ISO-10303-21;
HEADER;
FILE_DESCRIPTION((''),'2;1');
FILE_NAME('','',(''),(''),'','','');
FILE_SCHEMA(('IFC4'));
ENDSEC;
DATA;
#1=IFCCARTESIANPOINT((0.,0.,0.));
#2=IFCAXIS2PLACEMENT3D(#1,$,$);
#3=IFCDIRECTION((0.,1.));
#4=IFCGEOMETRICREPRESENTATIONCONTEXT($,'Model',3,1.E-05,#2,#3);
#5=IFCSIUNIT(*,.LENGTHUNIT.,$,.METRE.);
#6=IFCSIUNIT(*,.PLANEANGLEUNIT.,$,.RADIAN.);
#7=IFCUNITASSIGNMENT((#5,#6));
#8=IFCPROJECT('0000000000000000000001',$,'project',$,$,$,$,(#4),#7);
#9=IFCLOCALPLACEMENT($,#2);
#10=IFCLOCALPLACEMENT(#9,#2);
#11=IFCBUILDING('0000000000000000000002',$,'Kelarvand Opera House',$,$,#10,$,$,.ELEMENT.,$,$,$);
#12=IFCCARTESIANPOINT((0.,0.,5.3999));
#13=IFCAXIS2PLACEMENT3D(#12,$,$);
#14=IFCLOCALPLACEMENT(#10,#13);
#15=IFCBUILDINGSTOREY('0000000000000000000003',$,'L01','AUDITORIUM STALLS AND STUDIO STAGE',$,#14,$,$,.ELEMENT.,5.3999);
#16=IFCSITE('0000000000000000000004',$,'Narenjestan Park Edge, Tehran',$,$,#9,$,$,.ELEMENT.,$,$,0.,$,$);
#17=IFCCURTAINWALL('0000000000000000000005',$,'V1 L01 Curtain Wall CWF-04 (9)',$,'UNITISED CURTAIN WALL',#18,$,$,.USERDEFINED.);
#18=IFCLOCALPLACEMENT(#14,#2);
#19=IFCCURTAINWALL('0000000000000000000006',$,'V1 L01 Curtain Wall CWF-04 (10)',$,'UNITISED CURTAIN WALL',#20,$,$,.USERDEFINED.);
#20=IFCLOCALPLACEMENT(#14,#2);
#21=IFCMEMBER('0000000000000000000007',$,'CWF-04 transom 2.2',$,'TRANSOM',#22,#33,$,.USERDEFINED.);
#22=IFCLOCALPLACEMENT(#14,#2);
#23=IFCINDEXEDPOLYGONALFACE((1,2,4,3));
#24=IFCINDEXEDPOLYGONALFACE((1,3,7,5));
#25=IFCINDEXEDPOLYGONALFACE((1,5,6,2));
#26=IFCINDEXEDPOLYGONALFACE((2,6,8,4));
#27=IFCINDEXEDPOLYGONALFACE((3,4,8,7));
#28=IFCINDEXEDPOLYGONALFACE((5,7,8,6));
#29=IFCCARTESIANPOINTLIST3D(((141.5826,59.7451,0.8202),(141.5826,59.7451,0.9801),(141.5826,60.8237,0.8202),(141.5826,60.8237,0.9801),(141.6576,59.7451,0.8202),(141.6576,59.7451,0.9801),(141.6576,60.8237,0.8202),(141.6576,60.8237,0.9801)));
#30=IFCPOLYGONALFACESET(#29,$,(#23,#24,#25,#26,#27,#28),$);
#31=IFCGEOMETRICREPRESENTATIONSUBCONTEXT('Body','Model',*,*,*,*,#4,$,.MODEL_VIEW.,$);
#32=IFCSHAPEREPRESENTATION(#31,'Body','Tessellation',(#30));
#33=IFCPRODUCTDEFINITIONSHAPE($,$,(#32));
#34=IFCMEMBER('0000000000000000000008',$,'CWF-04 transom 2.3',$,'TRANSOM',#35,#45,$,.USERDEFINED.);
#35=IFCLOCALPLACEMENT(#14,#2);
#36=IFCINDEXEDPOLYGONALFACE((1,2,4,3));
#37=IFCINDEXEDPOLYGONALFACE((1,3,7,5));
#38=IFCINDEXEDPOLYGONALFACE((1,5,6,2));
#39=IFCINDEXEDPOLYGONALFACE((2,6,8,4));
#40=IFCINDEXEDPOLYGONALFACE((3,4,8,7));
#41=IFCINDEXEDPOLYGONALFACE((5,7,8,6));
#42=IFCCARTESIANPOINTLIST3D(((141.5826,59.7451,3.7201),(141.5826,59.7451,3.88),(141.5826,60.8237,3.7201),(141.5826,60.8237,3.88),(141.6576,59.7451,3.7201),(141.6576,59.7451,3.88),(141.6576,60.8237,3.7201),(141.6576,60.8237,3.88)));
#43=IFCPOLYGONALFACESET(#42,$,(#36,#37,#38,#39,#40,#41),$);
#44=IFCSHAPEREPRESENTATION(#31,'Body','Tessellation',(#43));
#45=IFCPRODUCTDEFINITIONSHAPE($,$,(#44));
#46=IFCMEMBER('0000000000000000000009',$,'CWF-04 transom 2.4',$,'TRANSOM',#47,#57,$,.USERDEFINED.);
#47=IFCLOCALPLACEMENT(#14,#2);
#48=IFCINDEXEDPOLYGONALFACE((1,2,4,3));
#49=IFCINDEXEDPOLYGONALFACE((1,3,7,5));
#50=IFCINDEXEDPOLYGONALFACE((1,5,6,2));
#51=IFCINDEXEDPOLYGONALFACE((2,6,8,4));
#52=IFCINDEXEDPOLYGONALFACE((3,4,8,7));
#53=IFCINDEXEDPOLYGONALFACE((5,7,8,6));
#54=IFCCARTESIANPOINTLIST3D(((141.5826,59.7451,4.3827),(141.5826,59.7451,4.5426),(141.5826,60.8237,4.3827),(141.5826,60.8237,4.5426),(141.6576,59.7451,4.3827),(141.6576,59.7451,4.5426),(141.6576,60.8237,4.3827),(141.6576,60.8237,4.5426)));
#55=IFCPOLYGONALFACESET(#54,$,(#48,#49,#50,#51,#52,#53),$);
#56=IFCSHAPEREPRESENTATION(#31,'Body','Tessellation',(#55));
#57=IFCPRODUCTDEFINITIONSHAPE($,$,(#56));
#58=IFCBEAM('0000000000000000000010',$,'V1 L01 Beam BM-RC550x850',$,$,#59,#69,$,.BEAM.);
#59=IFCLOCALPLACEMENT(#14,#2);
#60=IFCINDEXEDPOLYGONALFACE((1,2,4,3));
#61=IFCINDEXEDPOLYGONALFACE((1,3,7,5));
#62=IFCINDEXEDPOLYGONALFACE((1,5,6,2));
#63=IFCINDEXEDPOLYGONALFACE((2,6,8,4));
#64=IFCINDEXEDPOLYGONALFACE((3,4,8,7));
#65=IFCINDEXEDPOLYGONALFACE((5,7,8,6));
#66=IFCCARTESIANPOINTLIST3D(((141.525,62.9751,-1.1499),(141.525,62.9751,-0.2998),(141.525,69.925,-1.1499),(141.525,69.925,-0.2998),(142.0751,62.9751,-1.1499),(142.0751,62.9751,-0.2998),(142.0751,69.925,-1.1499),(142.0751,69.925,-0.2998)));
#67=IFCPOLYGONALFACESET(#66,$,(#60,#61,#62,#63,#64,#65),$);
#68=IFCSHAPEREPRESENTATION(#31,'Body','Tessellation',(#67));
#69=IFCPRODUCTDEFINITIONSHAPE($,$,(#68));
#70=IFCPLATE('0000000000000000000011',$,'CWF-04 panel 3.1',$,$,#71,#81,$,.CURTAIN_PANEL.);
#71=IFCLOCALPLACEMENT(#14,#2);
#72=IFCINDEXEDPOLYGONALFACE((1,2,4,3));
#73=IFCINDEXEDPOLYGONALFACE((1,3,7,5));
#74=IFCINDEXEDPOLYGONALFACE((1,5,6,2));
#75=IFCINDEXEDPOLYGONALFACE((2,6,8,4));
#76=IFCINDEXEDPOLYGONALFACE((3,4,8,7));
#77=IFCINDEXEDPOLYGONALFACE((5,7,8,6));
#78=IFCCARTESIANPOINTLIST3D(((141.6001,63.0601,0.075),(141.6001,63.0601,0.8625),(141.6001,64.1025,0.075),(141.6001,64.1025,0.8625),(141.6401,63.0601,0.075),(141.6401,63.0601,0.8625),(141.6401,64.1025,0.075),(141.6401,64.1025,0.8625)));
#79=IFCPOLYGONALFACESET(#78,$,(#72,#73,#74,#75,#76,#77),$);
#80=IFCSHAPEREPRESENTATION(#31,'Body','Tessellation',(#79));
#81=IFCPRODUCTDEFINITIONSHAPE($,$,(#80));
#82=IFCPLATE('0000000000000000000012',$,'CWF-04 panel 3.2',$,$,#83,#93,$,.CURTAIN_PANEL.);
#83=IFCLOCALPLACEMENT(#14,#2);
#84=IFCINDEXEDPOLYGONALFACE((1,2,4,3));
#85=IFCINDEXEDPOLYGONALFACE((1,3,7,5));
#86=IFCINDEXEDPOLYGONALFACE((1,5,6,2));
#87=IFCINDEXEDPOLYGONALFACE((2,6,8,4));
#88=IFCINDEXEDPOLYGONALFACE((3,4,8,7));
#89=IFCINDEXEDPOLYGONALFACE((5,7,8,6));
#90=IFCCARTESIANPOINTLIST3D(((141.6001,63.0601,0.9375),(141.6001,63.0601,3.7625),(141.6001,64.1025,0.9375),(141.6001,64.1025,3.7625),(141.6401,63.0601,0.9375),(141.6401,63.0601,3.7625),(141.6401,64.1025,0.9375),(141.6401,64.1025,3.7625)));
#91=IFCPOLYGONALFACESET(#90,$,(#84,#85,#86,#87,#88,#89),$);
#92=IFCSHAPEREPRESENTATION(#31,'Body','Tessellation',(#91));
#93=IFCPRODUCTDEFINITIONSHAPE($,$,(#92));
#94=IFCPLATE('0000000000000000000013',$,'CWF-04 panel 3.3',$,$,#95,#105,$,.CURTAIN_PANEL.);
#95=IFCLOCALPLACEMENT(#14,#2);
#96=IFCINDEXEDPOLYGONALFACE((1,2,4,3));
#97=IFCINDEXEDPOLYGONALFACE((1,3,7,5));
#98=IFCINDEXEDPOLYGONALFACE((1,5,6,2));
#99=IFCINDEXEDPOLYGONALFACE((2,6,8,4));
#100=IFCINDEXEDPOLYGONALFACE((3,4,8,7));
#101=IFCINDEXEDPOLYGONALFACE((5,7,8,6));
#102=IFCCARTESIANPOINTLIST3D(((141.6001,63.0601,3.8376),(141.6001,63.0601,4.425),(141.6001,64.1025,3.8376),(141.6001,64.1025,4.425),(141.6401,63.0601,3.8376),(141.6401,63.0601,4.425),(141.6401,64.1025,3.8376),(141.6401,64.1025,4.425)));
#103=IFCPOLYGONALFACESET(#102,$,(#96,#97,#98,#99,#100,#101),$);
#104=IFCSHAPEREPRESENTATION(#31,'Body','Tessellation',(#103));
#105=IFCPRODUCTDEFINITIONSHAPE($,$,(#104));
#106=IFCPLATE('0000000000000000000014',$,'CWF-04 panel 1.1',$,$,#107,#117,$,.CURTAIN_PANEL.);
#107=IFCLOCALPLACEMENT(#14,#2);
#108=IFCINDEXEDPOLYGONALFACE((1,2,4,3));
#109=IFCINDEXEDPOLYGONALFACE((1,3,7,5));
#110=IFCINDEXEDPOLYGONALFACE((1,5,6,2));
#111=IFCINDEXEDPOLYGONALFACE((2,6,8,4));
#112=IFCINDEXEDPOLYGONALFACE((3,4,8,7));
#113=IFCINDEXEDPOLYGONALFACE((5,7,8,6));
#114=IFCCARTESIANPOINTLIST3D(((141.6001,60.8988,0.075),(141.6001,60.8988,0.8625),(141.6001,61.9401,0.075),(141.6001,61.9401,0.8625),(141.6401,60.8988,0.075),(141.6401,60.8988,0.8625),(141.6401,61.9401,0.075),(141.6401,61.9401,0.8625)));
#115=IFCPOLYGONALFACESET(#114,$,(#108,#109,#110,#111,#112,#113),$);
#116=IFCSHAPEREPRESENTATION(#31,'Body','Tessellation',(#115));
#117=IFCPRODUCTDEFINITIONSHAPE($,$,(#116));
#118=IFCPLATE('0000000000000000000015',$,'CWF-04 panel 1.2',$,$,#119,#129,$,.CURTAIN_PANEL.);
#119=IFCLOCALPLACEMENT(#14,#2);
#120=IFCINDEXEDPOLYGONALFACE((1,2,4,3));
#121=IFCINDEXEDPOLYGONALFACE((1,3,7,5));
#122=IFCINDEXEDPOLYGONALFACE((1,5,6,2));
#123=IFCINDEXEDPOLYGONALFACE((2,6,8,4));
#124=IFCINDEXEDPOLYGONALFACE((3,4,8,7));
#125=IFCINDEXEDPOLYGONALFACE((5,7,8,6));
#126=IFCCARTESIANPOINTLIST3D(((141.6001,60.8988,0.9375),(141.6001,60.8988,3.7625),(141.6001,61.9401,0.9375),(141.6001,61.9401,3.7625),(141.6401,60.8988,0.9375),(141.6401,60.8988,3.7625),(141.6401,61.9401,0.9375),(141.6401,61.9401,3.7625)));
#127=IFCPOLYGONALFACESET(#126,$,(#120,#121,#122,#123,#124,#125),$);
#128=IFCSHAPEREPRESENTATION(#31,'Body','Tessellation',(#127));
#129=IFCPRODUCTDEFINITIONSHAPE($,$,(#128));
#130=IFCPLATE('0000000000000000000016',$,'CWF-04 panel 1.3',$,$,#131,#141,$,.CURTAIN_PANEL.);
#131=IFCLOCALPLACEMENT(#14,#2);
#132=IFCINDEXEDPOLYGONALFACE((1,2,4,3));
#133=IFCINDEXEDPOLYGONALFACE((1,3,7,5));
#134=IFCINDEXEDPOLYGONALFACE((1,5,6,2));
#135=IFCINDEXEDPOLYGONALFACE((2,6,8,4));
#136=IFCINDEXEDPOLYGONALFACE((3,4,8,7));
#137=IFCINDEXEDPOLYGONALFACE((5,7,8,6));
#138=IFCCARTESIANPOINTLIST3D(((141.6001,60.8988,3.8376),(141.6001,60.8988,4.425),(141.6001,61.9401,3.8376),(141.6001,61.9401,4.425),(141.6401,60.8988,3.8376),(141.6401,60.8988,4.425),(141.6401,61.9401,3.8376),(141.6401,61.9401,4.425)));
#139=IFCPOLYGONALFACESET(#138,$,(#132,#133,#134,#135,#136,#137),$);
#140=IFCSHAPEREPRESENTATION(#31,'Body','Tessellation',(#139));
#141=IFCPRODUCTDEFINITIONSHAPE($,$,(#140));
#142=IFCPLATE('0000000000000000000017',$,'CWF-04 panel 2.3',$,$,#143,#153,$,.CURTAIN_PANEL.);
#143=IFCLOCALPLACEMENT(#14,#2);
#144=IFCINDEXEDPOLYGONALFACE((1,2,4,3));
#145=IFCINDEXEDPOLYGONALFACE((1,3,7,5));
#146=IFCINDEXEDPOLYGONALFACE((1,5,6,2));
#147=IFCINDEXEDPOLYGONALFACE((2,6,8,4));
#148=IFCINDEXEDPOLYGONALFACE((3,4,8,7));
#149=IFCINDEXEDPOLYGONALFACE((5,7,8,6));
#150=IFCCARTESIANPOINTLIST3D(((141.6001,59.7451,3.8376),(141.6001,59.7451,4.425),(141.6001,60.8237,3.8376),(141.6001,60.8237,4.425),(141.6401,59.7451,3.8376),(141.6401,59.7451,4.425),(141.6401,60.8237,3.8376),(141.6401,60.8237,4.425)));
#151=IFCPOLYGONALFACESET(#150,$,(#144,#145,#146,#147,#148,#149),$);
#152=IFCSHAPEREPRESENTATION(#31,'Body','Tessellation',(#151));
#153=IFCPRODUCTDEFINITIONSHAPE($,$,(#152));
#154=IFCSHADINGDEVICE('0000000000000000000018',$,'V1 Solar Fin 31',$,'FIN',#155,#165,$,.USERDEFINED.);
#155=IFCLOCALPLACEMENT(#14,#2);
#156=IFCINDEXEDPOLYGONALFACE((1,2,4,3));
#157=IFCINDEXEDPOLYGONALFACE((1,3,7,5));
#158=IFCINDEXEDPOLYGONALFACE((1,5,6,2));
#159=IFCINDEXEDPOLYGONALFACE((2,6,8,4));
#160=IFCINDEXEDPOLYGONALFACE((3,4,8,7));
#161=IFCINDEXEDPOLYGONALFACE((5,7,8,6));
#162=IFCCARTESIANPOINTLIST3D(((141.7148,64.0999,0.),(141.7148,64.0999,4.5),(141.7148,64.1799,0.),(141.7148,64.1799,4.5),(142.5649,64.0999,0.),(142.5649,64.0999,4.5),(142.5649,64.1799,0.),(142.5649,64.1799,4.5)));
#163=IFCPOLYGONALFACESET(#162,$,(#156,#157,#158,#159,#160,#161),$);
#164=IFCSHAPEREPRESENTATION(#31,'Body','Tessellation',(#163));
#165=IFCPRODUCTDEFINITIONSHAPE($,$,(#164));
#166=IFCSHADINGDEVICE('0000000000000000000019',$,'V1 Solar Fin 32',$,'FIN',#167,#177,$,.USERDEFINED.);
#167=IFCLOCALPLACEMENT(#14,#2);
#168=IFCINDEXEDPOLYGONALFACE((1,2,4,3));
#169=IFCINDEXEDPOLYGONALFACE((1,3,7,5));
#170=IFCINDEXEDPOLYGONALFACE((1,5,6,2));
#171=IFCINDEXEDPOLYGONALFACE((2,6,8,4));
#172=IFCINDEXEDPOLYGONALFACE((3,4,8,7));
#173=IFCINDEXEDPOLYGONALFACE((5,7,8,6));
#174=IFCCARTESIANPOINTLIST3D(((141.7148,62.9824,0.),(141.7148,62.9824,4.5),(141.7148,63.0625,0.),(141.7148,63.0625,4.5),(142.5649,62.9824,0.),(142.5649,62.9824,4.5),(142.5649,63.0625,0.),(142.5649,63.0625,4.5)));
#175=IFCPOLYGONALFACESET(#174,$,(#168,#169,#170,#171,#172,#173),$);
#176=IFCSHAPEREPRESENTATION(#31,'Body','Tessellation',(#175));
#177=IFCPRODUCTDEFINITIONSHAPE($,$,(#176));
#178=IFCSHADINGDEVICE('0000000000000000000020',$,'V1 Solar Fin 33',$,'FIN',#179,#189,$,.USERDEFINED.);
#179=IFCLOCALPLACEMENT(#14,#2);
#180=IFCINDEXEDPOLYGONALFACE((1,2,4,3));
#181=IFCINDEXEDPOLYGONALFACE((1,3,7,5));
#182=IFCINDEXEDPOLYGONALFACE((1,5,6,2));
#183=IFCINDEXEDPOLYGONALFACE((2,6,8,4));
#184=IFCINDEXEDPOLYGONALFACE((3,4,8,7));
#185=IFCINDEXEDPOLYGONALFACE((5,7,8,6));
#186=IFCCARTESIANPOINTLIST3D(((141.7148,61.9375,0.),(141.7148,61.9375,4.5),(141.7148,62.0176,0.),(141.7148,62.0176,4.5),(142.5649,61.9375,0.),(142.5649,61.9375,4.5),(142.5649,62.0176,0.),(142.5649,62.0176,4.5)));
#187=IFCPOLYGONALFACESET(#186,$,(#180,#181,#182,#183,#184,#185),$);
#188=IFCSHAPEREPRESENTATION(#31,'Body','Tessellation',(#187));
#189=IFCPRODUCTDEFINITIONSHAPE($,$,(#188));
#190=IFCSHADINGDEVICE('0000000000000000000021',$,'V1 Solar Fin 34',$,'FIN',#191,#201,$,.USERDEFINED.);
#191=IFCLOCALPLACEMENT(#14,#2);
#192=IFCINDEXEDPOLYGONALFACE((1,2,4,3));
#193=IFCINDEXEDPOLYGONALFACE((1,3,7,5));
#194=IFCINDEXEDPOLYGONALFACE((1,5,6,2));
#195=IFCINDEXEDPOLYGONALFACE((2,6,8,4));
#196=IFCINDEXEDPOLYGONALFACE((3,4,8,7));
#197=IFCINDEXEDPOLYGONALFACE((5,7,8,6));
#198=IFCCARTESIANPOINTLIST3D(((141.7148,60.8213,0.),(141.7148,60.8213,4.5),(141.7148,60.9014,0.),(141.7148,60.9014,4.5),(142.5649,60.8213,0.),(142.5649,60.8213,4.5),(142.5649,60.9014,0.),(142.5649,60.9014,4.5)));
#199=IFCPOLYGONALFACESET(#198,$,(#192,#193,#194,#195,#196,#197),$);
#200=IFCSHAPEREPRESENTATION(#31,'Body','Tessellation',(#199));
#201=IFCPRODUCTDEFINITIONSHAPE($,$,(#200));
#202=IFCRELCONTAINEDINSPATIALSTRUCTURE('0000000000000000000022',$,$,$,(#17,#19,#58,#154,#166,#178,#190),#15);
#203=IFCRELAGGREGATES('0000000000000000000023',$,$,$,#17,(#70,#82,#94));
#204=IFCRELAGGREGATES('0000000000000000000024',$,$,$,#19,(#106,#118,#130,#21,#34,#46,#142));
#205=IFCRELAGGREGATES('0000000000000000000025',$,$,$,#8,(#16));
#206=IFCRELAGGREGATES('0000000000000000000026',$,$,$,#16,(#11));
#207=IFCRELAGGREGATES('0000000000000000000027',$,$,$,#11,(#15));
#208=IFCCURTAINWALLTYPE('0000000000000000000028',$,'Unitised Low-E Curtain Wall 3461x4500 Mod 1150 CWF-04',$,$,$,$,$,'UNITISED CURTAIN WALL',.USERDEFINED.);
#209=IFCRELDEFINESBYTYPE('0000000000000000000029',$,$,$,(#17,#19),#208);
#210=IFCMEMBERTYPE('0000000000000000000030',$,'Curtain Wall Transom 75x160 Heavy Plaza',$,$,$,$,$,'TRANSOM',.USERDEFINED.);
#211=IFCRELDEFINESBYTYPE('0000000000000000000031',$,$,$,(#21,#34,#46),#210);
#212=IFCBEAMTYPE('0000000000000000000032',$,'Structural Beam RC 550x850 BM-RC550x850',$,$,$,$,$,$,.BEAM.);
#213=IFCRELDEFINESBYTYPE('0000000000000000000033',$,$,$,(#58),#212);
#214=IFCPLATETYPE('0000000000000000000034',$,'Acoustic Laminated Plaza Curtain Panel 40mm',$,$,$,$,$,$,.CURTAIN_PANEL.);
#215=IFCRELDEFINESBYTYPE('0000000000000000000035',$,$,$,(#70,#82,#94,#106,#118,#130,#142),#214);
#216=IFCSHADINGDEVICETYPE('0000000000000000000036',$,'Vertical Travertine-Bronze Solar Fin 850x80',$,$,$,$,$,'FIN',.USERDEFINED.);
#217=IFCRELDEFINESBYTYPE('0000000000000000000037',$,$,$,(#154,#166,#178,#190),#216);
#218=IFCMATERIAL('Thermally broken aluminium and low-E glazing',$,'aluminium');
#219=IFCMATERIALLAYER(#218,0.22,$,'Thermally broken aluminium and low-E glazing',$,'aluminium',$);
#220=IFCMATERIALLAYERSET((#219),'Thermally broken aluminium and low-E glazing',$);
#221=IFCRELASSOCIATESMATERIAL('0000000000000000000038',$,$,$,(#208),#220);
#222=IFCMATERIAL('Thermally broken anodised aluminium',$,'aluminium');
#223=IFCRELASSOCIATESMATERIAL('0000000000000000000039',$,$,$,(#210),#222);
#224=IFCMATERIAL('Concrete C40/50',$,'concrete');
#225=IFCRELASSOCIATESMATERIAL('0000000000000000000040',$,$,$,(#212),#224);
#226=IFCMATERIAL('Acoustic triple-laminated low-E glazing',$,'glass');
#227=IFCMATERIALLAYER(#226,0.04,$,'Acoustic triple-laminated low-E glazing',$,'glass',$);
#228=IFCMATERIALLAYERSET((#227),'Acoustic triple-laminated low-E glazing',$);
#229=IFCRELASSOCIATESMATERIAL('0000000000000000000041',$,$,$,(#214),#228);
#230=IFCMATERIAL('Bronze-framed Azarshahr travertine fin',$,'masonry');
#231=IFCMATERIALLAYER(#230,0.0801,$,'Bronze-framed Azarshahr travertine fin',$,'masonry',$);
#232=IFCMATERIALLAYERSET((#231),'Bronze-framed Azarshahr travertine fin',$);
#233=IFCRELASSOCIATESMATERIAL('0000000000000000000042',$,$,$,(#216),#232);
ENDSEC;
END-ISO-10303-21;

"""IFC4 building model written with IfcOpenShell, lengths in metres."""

from ifc_helpers import new_model, si_unit, direction, frame, origin, origin_2d, place, context, subcontext, project, spatial, rectangle, extrude, material, layer, layer_set, material_profile, profile_set, type_object, element, aggregate, save


model = new_model("IFC4")

# Units and contexts
model_context = context("Model", 3, precision=1e-05, world=origin(), true_north=direction((0.0, 1.0)))
body_context = subcontext(model_context, "Body", "Model", "MODEL_VIEW")
ifc_project = project(units=[si_unit("LENGTHUNIT", "METRE"), si_unit("PLANEANGLEUNIT", "RADIAN")], contexts=[model_context])

# Site, building, storey
site_placement = place(None, origin())
site = spatial("IfcSite", under=ifc_project, at=site_placement, Name="Narenjestan Park Edge, Tehran", CompositionType="ELEMENT", RefElevation=0.0)
building_placement = place(site_placement, origin())
building = spatial("IfcBuilding", under=site, at=building_placement, Name="Kelarvand Opera House", CompositionType="ELEMENT")
storey_placement = place(building_placement, frame((0.0, 0.0, 5.3999)))
storey = spatial("IfcBuildingStorey", under=building, at=storey_placement, Name="L01", Description="AUDITORIUM STALLS AND STUDIO STAGE", CompositionType="ELEMENT", Elevation=5.3999)

# Shared definitions
ifc_material_1 = material(Name="Concrete C40/50", Category="concrete")

# Curtain walls
ifc_material_2 = material(Name="Thermally broken aluminium and low-E glazing", Category="aluminium")
ifc_layer_1 = layer(ifc_material_2, 0.22, Name="Thermally broken aluminium and low-E glazing", Category="aluminium")
ifc_layer_set_1 = layer_set([ifc_layer_1], Name="Thermally broken aluminium and low-E glazing")
curtain_wall_type = type_object("IfcCurtainWallType", Name="Unitised Low-E Curtain Wall 3461x4500 Mod 1150 CWF-04", ElementType="UNITISED CURTAIN WALL", PredefinedType="USERDEFINED", material=ifc_layer_set_1)
curtain_wall_1_placement = place(storey_placement, origin())
curtain_wall_1 = element("IfcCurtainWall", 1, at=curtain_wall_1_placement, inside=storey, type_object=curtain_wall_type, Name="V1 L01 Curtain Wall CWF-04 (9)", ObjectType="UNITISED CURTAIN WALL", PredefinedType="USERDEFINED")
ifc_material_3 = material(Name="Thermally broken anodised aluminium", Category="aluminium")
curtain_wall_2_placement = place(storey_placement, origin())
curtain_wall_2 = element("IfcCurtainWall", 2, at=curtain_wall_2_placement, inside=storey, type_object=curtain_wall_type, Name="V1 L01 Curtain Wall CWF-04 (10)", ObjectType="UNITISED CURTAIN WALL", PredefinedType="USERDEFINED")

# Members
ifc_material_profile_1 = material_profile(ifc_material_3, rectangle(XDim=0.075, YDim=0.1599, at=origin_2d()), Name="ALU TRANSOM 75x160", Category="aluminium")
ifc_profile_set_1 = profile_set([ifc_material_profile_1], Name="Thermally broken anodised aluminium")
member_type_1 = type_object("IfcMemberType", Name="Curtain Wall Transom 75x160 Heavy Plaza", ElementType="TRANSOM", PredefinedType="USERDEFINED", material=ifc_profile_set_1)
member_1_placement = place(storey_placement, frame((141.6201, 60.8237, 0.9001), z_axis=(0.0, -1.0, 0.0), x_axis=(1.0, 0.0, 0.0)))
member_1 = element("IfcMember", 3, at=member_1_placement, type_object=member_type_1, Name="CWF-04 transom 2.2", ObjectType="TRANSOM", PredefinedType="USERDEFINED", context=body_context, shape_type="SweptSolid", body=[
    extrude(rectangle(XDim=0.075, YDim=0.1599, at=origin_2d()), origin(), (0.0, 0.0, 1.0), 1.0786),
])
member_2_placement = place(storey_placement, frame((141.6201, 60.8237, 3.8), z_axis=(0.0, -1.0, 0.0), x_axis=(1.0, 0.0, 0.0)))
member_2 = element("IfcMember", 4, at=member_2_placement, type_object=member_type_1, Name="CWF-04 transom 2.3", ObjectType="TRANSOM", PredefinedType="USERDEFINED", context=body_context, shape_type="SweptSolid", body=[
    extrude(rectangle(XDim=0.075, YDim=0.1599, at=origin_2d()), origin(), (0.0, 0.0, 1.0), 1.0786),
])
member_3_placement = place(storey_placement, frame((141.6201, 60.8237, 4.4626), z_axis=(0.0, -1.0, 0.0), x_axis=(1.0, 0.0, 0.0)))
member_3 = element("IfcMember", 5, at=member_3_placement, type_object=member_type_1, Name="CWF-04 transom 2.4", ObjectType="TRANSOM", PredefinedType="USERDEFINED", context=body_context, shape_type="SweptSolid", body=[
    extrude(rectangle(XDim=0.075, YDim=0.1599, at=origin_2d()), origin(), (0.0, 0.0, 1.0), 1.0786),
])

# Beam
ifc_material_profile_2 = material_profile(ifc_material_1, rectangle(XDim=0.55, YDim=0.8501, at=origin_2d()), Name="RC 550x850", Category="concrete")
ifc_profile_set_2 = profile_set([ifc_material_profile_2], Name="Concrete C40/50")
beam_type = type_object("IfcBeamType", Name="Structural Beam RC 550x850 BM-RC550x850", PredefinedType="BEAM", material=ifc_profile_set_2)
beam_placement = place(storey_placement, frame((141.8, 62.9751, -0.7249), z_axis=(0.0, 1.0, 0.0), x_axis=(-1.0, 0.0, 0.0)))
element("IfcBeam", 6, at=beam_placement, inside=storey, type_object=beam_type, Name="V1 L01 Beam BM-RC550x850", PredefinedType="BEAM", context=body_context, shape_type="SweptSolid", body=[
    extrude(rectangle(XDim=0.55, YDim=0.8501, at=origin_2d()), origin(), (0.0, 0.0, 1.0), 6.95),
])

# Plates
ifc_material_4 = material(Name="Acoustic triple-laminated low-E glazing", Category="glass")
ifc_layer_2 = layer(ifc_material_4, 0.04, Name="Acoustic triple-laminated low-E glazing", Category="glass")
ifc_layer_set_2 = layer_set([ifc_layer_2], Name="Acoustic triple-laminated low-E glazing")
plate_type = type_object("IfcPlateType", Name="Acoustic Laminated Plaza Curtain Panel 40mm", PredefinedType="CURTAIN_PANEL", material=ifc_layer_set_2)
plate_1_placement = place(storey_placement, frame((141.6201, 63.5813, 0.075), z_axis=(0.0, 0.0, 1.0), x_axis=(0.0, -1.0, 0.0)))
plate_1 = element("IfcPlate", 7, at=plate_1_placement, type_object=plate_type, Name="CWF-04 panel 3.1", PredefinedType="CURTAIN_PANEL", context=body_context, shape_type="SweptSolid", body=[
    extrude(rectangle(XDim=1.0425, YDim=0.04, at=origin_2d()), origin(), (0.0, 0.0, 1.0), 0.7876),
])
plate_2_placement = place(storey_placement, frame((141.6201, 63.5813, 0.9375), z_axis=(0.0, 0.0, 1.0), x_axis=(0.0, -1.0, 0.0)))
plate_2 = element("IfcPlate", 8, at=plate_2_placement, type_object=plate_type, Name="CWF-04 panel 3.2", PredefinedType="CURTAIN_PANEL", context=body_context, shape_type="SweptSolid", body=[
    extrude(rectangle(XDim=1.0425, YDim=0.04, at=origin_2d()), origin(), (0.0, 0.0, 1.0), 2.825),
])
plate_3_placement = place(storey_placement, frame((141.6201, 63.5813, 3.8376), z_axis=(0.0, 0.0, 1.0), x_axis=(0.0, -1.0, 0.0)))
plate_3 = element("IfcPlate", 9, at=plate_3_placement, type_object=plate_type, Name="CWF-04 panel 3.3", PredefinedType="CURTAIN_PANEL", context=body_context, shape_type="SweptSolid", body=[
    extrude(rectangle(XDim=1.0425, YDim=0.04, at=origin_2d()), origin(), (0.0, 0.0, 1.0), 0.5874),
])
aggregate(curtain_wall_1, [plate_1, plate_2, plate_3])
plate_4_placement = place(storey_placement, frame((141.6201, 61.4194, 0.075), z_axis=(0.0, 0.0, 1.0), x_axis=(0.0, -1.0, 0.0)))
plate_4 = element("IfcPlate", 10, at=plate_4_placement, type_object=plate_type, Name="CWF-04 panel 1.1", PredefinedType="CURTAIN_PANEL", context=body_context, shape_type="SweptSolid", body=[
    extrude(rectangle(XDim=1.0413, YDim=0.04, at=origin_2d()), origin(), (0.0, 0.0, 1.0), 0.7876),
])
plate_5_placement = place(storey_placement, frame((141.6201, 61.4194, 0.9375), z_axis=(0.0, 0.0, 1.0), x_axis=(0.0, -1.0, 0.0)))
plate_5 = element("IfcPlate", 11, at=plate_5_placement, type_object=plate_type, Name="CWF-04 panel 1.2", PredefinedType="CURTAIN_PANEL", context=body_context, shape_type="SweptSolid", body=[
    extrude(rectangle(XDim=1.0413, YDim=0.04, at=origin_2d()), origin(), (0.0, 0.0, 1.0), 2.825),
])
plate_6_placement = place(storey_placement, frame((141.6201, 61.4194, 3.8376), z_axis=(0.0, 0.0, 1.0), x_axis=(0.0, -1.0, 0.0)))
plate_6 = element("IfcPlate", 12, at=plate_6_placement, type_object=plate_type, Name="CWF-04 panel 1.3", PredefinedType="CURTAIN_PANEL", context=body_context, shape_type="SweptSolid", body=[
    extrude(rectangle(XDim=1.0413, YDim=0.04, at=origin_2d()), origin(), (0.0, 0.0, 1.0), 0.5874),
])
plate_7_placement = place(storey_placement, frame((141.6201, 60.2844, 3.8376), z_axis=(0.0, 0.0, 1.0), x_axis=(0.0, -1.0, 0.0)))
plate_7 = element("IfcPlate", 13, at=plate_7_placement, type_object=plate_type, Name="CWF-04 panel 2.3", PredefinedType="CURTAIN_PANEL", context=body_context, shape_type="SweptSolid", body=[
    extrude(rectangle(XDim=1.0786, YDim=0.04, at=origin_2d()), origin(), (0.0, 0.0, 1.0), 0.5874),
])
aggregate(curtain_wall_2, [plate_4, plate_5, plate_6, member_1, member_2, member_3, plate_7])

# Shading devices
ifc_material_5 = material(Name="Bronze-framed Azarshahr travertine fin", Category="masonry")
ifc_layer_3 = layer(ifc_material_5, 0.0801, Name="Bronze-framed Azarshahr travertine fin", Category="masonry")
ifc_layer_set_3 = layer_set([ifc_layer_3], Name="Bronze-framed Azarshahr travertine fin")
shading_device_type = type_object("IfcShadingDeviceType", Name="Vertical Travertine-Bronze Solar Fin 850x80", ElementType="FIN", PredefinedType="USERDEFINED", material=ifc_layer_set_3)
for number, where, z_axis, x_axis, name in (
    (14, (142.1399, 64.1399, 0.0), (0.0, 0.0, 1.0), (1.0, 0.0, 0.0), "V1 Solar Fin 31"),
    (15, (142.1399, 63.0225, 0.0), (0.0, 0.0, 1.0), (1.0, 0.0, 0.0), "V1 Solar Fin 32"),
    (16, (142.1399, 61.9775, 0.0), (0.0, 0.0, 1.0), (1.0, 0.0, 0.0), "V1 Solar Fin 33"),
    (17, (142.1399, 60.8613, 0.0), (0.0, 0.0, 1.0), (1.0, 0.0, 0.0), "V1 Solar Fin 34"),
):
    element("IfcShadingDevice", number, at=place(storey_placement, frame(where, z_axis=z_axis, x_axis=x_axis)), inside=storey, type_object=shading_device_type, Name=name, ObjectType="FIN", PredefinedType="USERDEFINED", context=body_context, shape_type="SweptSolid", body=[
        extrude(rectangle(XDim=0.8501, YDim=0.0801, at=origin_2d()), origin(), (0.0, 0.0, 1.0), 4.5),
    ])

save(model, "model.ifc")
